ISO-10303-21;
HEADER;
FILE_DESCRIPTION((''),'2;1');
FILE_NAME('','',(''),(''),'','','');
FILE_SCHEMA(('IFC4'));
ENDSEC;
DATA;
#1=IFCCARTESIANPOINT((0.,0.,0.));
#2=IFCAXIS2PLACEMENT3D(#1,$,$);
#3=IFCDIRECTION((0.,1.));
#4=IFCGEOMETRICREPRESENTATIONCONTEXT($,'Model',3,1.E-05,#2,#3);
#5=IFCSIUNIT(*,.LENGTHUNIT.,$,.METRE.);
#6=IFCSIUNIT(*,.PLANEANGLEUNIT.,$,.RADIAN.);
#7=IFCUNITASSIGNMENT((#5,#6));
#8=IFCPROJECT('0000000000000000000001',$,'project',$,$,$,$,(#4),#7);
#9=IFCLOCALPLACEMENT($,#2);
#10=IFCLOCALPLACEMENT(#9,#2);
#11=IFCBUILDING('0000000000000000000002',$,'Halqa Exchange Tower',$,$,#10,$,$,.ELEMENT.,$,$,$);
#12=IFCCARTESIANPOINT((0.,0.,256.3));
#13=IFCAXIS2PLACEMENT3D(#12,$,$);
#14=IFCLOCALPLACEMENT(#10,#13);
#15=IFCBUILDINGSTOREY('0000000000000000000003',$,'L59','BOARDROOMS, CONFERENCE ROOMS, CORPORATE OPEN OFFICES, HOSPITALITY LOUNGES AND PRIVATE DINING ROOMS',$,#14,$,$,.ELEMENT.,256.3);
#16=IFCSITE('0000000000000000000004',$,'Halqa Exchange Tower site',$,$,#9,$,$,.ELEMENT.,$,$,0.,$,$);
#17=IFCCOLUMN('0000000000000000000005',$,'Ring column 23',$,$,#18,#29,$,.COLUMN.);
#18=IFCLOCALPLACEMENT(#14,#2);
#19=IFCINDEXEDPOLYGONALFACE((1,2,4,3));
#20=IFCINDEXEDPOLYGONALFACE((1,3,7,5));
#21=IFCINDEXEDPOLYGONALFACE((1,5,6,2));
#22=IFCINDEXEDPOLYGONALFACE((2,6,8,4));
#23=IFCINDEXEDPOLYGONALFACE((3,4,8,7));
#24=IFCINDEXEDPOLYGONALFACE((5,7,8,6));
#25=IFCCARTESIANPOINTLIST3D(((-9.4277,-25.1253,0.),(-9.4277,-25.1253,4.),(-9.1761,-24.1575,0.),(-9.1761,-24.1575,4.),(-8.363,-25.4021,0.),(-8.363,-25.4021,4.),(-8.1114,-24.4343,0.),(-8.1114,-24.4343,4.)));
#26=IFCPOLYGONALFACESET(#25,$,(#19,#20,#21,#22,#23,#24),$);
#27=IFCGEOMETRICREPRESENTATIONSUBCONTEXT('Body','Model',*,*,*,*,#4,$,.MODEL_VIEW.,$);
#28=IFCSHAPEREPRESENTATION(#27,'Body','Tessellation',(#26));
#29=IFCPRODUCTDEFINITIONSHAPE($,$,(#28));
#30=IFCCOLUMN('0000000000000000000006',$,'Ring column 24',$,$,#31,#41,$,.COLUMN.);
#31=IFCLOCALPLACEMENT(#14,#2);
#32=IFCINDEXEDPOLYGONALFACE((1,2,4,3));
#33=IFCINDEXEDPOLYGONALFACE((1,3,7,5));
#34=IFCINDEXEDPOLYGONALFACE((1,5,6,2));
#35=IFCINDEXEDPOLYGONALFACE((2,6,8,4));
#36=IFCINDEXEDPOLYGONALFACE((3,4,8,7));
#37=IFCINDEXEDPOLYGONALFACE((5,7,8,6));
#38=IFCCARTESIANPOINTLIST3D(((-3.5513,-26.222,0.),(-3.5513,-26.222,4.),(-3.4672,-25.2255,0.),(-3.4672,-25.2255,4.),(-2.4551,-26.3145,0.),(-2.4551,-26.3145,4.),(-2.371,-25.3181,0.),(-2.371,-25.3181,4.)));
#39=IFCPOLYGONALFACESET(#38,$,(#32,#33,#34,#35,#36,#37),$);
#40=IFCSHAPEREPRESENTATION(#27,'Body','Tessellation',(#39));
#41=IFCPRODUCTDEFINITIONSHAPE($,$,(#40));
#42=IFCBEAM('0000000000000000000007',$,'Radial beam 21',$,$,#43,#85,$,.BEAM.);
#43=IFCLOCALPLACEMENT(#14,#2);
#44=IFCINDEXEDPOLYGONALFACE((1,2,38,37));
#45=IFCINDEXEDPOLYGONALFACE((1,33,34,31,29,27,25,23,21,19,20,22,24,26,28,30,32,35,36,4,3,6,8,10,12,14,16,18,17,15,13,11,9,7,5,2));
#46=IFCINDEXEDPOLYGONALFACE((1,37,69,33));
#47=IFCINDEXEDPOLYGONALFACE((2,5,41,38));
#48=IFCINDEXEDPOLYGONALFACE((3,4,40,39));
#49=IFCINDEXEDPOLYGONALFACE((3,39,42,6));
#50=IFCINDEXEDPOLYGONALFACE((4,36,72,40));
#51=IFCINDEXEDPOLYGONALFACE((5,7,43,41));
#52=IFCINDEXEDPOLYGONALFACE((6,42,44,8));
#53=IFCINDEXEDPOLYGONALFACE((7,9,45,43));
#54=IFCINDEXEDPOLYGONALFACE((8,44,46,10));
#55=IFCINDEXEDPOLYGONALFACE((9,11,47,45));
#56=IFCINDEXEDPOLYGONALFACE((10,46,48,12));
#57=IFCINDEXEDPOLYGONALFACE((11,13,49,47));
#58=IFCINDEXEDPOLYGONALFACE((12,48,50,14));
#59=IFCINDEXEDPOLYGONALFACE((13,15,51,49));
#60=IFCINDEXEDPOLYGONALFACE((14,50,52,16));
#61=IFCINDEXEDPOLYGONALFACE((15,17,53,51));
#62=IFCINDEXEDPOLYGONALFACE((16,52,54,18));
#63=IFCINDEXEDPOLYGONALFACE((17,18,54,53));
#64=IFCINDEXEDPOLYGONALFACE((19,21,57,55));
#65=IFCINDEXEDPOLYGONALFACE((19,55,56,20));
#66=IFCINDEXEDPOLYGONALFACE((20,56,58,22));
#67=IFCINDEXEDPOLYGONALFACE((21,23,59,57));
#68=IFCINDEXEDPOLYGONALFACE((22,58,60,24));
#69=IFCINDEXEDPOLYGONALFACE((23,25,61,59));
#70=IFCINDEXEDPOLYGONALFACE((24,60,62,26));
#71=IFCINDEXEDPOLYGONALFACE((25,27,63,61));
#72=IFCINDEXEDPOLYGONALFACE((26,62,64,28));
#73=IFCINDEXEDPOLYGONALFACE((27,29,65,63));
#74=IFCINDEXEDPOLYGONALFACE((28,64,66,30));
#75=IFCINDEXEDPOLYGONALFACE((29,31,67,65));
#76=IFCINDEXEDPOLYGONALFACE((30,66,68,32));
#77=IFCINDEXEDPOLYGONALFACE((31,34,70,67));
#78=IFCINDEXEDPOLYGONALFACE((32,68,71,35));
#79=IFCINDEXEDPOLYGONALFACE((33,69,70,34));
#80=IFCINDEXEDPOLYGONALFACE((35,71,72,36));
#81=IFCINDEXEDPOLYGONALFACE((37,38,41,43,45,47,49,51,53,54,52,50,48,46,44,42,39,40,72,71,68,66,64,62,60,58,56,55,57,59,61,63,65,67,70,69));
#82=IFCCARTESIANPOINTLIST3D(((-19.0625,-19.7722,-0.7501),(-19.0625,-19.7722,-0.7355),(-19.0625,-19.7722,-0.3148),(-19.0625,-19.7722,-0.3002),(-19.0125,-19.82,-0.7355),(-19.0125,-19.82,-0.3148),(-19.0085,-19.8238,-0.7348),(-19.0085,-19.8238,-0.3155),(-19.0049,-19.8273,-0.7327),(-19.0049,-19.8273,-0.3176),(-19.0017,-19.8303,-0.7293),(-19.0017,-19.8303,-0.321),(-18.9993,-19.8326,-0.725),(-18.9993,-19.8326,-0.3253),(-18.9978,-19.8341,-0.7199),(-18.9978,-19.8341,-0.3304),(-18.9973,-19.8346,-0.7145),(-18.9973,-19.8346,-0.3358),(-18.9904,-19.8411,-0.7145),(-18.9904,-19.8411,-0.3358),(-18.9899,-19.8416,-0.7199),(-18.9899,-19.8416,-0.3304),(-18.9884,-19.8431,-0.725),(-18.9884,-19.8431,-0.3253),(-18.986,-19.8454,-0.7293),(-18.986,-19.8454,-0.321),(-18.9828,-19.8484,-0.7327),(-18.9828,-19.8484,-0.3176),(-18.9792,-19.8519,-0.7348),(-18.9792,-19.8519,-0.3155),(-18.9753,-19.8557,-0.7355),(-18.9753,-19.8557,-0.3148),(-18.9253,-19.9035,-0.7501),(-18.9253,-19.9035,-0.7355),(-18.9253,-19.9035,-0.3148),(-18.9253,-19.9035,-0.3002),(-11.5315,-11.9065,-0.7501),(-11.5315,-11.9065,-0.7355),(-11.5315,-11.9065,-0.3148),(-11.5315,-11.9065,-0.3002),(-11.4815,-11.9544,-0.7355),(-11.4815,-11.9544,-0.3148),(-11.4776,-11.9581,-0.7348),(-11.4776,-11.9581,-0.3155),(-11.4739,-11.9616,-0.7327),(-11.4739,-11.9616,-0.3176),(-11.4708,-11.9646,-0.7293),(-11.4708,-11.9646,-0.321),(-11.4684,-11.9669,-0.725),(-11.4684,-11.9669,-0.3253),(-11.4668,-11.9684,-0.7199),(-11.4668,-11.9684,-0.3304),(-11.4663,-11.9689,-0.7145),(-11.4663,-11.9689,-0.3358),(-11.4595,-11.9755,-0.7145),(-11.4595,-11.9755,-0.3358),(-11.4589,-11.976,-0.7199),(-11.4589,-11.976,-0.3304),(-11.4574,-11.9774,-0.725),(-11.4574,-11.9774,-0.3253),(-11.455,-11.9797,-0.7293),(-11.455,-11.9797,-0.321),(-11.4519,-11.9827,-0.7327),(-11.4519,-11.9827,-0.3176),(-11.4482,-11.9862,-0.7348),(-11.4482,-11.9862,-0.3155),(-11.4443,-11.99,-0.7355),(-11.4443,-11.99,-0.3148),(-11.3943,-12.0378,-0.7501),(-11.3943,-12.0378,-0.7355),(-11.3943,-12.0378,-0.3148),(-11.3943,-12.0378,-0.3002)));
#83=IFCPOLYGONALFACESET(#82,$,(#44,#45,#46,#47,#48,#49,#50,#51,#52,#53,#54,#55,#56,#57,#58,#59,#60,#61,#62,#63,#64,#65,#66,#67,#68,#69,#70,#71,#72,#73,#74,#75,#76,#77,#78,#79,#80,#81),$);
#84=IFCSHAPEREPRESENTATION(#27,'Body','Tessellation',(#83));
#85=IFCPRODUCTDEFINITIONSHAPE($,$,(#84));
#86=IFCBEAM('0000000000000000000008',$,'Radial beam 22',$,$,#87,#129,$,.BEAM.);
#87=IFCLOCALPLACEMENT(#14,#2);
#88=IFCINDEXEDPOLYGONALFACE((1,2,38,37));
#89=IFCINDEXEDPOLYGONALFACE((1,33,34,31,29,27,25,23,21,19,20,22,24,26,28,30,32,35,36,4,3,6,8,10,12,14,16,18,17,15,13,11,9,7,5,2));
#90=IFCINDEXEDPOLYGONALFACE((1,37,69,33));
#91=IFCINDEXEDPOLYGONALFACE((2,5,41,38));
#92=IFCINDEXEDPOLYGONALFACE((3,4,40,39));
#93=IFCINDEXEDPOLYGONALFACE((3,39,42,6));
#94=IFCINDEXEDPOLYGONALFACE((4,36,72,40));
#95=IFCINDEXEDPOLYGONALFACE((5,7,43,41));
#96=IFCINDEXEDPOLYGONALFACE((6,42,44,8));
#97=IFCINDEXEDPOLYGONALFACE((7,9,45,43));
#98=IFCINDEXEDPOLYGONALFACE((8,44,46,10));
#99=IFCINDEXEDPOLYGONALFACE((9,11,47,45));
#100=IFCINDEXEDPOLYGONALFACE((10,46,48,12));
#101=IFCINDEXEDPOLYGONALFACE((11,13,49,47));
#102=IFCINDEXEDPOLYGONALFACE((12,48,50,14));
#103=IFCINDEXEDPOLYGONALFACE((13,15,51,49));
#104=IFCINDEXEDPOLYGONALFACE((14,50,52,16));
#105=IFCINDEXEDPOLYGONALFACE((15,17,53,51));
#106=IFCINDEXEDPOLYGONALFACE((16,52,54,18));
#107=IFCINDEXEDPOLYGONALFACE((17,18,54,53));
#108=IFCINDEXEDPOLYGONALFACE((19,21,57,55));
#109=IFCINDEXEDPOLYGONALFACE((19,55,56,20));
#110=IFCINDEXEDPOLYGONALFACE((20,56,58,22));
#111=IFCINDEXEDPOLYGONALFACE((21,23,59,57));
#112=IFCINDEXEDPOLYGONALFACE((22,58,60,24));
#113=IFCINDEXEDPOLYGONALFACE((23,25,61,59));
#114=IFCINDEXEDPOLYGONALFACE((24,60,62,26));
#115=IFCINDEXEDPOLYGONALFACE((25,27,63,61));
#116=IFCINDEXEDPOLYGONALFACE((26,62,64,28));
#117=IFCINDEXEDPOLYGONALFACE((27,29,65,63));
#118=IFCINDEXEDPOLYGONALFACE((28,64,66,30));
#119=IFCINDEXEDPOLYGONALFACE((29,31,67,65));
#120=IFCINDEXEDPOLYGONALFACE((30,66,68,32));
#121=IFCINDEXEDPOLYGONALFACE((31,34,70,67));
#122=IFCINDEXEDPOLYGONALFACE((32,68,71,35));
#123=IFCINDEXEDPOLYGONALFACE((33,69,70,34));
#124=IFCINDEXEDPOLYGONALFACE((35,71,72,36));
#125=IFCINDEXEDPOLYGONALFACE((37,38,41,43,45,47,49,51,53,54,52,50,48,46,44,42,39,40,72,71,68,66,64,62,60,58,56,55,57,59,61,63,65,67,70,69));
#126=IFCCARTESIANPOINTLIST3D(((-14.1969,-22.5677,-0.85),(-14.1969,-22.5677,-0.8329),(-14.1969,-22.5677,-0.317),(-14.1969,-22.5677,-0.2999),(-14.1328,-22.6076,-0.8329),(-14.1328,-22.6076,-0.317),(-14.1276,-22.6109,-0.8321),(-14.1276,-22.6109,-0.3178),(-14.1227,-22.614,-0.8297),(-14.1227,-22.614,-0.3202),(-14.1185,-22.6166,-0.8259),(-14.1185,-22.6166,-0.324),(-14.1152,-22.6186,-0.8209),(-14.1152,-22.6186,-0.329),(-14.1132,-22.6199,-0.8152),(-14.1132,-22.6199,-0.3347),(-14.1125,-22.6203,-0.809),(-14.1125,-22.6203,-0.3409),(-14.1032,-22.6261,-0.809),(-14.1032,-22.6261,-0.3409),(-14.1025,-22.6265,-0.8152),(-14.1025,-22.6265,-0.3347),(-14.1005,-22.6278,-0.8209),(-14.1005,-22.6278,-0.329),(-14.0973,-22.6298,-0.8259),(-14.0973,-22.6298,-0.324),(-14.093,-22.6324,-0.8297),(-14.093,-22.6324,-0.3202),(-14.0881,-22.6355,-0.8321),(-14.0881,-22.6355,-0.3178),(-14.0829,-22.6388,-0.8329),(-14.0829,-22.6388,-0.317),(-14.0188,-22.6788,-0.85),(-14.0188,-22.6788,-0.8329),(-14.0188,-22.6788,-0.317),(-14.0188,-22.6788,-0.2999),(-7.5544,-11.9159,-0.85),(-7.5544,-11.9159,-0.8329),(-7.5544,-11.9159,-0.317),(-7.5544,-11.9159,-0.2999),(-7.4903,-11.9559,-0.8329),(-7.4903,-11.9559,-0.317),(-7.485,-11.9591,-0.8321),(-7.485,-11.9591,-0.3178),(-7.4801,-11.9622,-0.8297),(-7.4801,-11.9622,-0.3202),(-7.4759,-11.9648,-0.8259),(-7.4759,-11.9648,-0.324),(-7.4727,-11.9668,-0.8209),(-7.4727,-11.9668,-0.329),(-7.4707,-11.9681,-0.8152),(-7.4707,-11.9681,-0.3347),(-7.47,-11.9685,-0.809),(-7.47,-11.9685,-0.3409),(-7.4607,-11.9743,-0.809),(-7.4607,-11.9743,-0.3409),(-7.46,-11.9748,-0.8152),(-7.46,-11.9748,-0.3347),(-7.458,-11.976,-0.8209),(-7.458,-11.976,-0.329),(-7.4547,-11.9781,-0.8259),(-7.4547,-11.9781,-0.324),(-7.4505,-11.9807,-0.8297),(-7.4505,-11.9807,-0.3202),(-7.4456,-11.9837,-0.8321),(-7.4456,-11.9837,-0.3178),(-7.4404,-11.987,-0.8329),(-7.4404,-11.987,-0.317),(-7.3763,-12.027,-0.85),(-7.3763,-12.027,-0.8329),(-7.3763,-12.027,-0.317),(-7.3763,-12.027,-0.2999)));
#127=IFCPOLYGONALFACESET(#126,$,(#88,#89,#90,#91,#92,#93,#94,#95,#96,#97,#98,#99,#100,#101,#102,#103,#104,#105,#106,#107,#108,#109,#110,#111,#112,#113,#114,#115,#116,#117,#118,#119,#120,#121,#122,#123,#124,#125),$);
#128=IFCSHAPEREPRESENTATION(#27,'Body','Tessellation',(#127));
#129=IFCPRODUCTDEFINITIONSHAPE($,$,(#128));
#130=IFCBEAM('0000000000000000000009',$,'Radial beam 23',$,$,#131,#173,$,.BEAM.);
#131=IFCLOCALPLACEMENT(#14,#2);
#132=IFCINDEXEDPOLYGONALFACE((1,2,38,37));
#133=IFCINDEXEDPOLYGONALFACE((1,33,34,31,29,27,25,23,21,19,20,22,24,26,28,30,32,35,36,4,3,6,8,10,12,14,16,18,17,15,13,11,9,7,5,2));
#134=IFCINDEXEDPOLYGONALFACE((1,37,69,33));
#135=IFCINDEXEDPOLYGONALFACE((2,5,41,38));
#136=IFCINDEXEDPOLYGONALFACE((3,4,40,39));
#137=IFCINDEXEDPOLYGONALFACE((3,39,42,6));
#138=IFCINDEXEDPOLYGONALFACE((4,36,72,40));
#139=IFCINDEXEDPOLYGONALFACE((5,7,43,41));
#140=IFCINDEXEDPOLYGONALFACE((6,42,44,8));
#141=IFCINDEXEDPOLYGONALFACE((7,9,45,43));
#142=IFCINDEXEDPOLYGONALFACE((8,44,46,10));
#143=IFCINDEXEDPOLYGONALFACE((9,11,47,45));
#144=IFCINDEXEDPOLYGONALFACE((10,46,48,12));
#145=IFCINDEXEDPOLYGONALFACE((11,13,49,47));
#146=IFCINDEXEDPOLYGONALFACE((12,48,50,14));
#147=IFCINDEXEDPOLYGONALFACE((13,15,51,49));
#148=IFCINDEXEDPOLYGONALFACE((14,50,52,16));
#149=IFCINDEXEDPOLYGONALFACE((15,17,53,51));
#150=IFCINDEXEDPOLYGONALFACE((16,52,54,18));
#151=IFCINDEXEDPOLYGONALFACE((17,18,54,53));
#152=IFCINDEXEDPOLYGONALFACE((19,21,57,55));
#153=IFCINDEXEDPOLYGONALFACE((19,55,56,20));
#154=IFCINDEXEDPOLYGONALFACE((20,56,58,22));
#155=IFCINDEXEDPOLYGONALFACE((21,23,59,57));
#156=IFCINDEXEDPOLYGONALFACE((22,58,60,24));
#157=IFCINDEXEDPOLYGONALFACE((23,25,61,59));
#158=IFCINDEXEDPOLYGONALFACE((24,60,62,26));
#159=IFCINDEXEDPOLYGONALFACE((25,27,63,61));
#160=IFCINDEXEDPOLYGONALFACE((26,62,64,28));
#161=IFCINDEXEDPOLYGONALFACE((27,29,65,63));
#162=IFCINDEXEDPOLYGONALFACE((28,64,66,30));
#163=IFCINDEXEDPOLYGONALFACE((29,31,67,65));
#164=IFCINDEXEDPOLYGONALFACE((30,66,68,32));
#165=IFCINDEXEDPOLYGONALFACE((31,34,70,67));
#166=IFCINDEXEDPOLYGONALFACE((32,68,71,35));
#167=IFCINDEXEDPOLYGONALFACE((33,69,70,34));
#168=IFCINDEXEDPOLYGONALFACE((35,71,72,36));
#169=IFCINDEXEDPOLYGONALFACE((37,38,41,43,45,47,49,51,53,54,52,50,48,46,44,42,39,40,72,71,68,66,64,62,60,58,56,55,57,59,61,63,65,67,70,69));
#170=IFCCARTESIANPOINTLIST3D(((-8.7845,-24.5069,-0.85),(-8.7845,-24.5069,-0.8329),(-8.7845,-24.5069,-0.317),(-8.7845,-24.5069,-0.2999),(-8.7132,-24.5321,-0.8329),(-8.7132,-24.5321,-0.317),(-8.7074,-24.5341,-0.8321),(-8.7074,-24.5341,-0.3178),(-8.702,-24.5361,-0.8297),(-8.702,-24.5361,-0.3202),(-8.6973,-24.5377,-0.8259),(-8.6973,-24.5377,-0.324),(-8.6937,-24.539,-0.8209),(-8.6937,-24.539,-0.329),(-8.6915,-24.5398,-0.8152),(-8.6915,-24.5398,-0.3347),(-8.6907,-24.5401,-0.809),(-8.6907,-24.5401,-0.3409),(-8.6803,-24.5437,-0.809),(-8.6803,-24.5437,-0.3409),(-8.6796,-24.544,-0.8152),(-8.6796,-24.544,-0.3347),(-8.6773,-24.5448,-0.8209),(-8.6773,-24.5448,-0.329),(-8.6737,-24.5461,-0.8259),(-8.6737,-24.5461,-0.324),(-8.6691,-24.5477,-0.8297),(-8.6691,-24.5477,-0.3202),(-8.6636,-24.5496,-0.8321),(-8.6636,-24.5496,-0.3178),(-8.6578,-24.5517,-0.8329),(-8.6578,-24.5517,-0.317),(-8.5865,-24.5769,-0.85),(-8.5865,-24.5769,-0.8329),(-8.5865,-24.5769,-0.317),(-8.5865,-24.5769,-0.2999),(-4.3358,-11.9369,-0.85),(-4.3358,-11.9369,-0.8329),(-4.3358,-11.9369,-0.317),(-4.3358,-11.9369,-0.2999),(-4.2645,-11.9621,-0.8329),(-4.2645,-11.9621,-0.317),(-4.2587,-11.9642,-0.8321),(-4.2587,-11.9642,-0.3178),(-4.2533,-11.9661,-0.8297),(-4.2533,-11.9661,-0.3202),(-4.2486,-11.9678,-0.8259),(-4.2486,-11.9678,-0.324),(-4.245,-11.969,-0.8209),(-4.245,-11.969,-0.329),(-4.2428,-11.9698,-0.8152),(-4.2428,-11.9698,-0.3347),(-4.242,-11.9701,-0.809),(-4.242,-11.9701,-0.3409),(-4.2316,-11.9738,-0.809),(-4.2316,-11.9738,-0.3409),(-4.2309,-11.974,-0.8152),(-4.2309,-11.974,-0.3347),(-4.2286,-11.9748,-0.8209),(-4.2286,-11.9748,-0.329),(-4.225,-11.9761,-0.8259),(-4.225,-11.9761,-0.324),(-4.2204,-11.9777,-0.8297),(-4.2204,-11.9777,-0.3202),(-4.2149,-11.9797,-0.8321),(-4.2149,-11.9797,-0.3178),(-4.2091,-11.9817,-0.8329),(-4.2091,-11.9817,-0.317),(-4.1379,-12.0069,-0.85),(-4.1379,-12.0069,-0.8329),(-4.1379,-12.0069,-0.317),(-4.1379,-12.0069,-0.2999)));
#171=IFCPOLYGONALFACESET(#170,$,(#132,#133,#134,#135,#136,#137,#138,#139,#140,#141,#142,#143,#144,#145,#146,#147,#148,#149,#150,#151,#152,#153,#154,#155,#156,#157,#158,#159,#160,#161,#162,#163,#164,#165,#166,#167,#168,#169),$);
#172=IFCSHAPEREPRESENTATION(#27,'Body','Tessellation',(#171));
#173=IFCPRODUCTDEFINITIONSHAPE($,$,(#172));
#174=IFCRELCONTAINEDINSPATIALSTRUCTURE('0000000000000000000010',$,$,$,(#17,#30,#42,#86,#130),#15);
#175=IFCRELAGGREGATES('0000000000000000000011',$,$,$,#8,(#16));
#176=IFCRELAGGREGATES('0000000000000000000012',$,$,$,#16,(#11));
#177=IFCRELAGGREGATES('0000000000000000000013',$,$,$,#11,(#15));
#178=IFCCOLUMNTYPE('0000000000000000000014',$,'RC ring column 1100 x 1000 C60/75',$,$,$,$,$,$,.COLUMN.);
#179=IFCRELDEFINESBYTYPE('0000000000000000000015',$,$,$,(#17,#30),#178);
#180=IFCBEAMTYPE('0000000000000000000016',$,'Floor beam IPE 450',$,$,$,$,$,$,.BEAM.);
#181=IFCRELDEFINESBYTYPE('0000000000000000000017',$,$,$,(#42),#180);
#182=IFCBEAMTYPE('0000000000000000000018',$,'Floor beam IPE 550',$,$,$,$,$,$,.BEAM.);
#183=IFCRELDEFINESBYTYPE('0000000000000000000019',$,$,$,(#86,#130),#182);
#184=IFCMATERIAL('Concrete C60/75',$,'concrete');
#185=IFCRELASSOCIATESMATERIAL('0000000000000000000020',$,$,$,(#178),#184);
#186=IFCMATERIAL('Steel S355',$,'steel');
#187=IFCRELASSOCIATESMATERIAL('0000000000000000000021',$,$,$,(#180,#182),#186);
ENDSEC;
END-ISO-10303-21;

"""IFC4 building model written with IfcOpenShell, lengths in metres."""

from ifc_helpers import new_model, si_unit, direction, frame, origin, origin_2d, place, context, subcontext, project, spatial, rectangle, i_section, extrude, material, material_profile, profile_set, type_object, element, save


model = new_model("IFC4")

# Units and contexts
model_context = context("Model", 3, precision=1e-05, world=origin(), true_north=direction((0.0, 1.0)))
body_context = subcontext(model_context, "Body", "Model", "MODEL_VIEW")
ifc_project = project(units=[si_unit("LENGTHUNIT", "METRE"), si_unit("PLANEANGLEUNIT", "RADIAN")], contexts=[model_context])

# Site, building, storey
site_placement = place(None, origin())
site = spatial("IfcSite", under=ifc_project, at=site_placement, Name="Halqa Exchange Tower site", CompositionType="ELEMENT", RefElevation=0.0)
building_placement = place(site_placement, origin())
building = spatial("IfcBuilding", under=site, at=building_placement, Name="Halqa Exchange Tower", CompositionType="ELEMENT")
storey_placement = place(building_placement, frame((0.0, 0.0, 256.3)))
storey = spatial("IfcBuildingStorey", under=building, at=storey_placement, Name="L59", Description="BOARDROOMS, CONFERENCE ROOMS, CORPORATE OPEN OFFICES, HOSPITALITY LOUNGES AND PRIVATE DINING ROOMS", CompositionType="ELEMENT", Elevation=256.3)

# Columns
ifc_material_1 = material(Name="Concrete C60/75", Category="concrete")
ifc_material_profile_1 = material_profile(ifc_material_1, rectangle(XDim=1.1001, YDim=1.0, at=origin_2d()), Name="1100 x 1000")
ifc_profile_set_1 = profile_set([ifc_material_profile_1], Name="Concrete C60/75")
column_type = type_object("IfcColumnType", Name="RC ring column 1100 x 1000 C60/75", PredefinedType="COLUMN", material=ifc_profile_set_1)
for number, where, z_axis, x_axis, name in (
    (1, (-8.7695, -24.7798, 0.0), (0.0, 0.0, 1.0), (0.96782, -0.251642, 0.0), "Ring column 23"),
    (2, (-2.9612, -25.77, 0.0), (0.0, 0.0, 1.0), (0.996456, -0.08412, 0.0), "Ring column 24"),
):
    element("IfcColumn", number, at=place(storey_placement, frame(where, z_axis=z_axis, x_axis=x_axis)), inside=storey, type_object=column_type, Name=name, PredefinedType="COLUMN", context=body_context, shape_type="SweptSolid", body=[
        extrude(rectangle(XDim=1.1001, YDim=1.0, at=origin_2d()), origin(), (0.0, 0.0, 1.0), 4.0),
    ])

# Beams
ifc_material_2 = material(Name="Steel S355", Category="steel")
ifc_material_profile_2 = material_profile(ifc_material_2, i_section(OverallWidth=0.1899, OverallDepth=0.45, WebThickness=0.0095, FlangeThickness=0.0146, FilletRadius=0.021, at=origin_2d()), Name="IPE 450")
ifc_profile_set_2 = profile_set([ifc_material_profile_2], Name="Steel S355")
beam_type_1 = type_object("IfcBeamType", Name="Floor beam IPE 450", PredefinedType="BEAM", material=ifc_profile_set_2)
beam_1_placement = place(storey_placement, frame((-11.4629, -11.9722, -0.5251), z_axis=(-0.691571, -0.722308, 0.0), x_axis=(0.722308, -0.691571, 0.0)))
element("IfcBeam", 3, at=beam_1_placement, inside=storey, type_object=beam_type_1, Name="Radial beam 21", PredefinedType="BEAM", context=body_context, shape_type="SweptSolid", body=[
    extrude(i_section(OverallWidth=0.1899, OverallDepth=0.45, WebThickness=0.0095, FlangeThickness=0.0146, FilletRadius=0.021, at=origin_2d()), origin(), (0.0, 0.0, 1.0), 10.8896),
])
ifc_material_profile_3 = material_profile(ifc_material_2, i_section(OverallWidth=0.21, OverallDepth=0.55, WebThickness=0.011, FlangeThickness=0.0171, FilletRadius=0.0239, at=origin_2d()), Name="IPE 550")
ifc_profile_set_3 = profile_set([ifc_material_profile_3], Name="Steel S355")
beam_type_2 = type_object("IfcBeamType", Name="Floor beam IPE 550", PredefinedType="BEAM", material=ifc_profile_set_3)
beam_2_placement = place(storey_placement, frame((-7.4653, -11.9714, -0.575), z_axis=(-0.529149, -0.848529, 0.0), x_axis=(0.848529, -0.529149, 0.0)))
element("IfcBeam", 4, at=beam_2_placement, inside=storey, type_object=beam_type_2, Name="Radial beam 22", PredefinedType="BEAM", context=body_context, shape_type="SweptSolid", body=[
    extrude(i_section(OverallWidth=0.21, OverallDepth=0.55, WebThickness=0.011, FlangeThickness=0.0171, FilletRadius=0.0239, at=origin_2d()), origin(), (0.0, 0.0, 1.0), 12.5532),
])
beam_3_placement = place(storey_placement, frame((-4.2368, -11.9719, -0.575), z_axis=(-0.333636, -0.942702, 0.0), x_axis=(0.942702, -0.333636, 0.0)))
element("IfcBeam", 5, at=beam_3_placement, inside=storey, type_object=beam_type_2, Name="Radial beam 23", PredefinedType="BEAM", context=body_context, shape_type="SweptSolid", body=[
    extrude(i_section(OverallWidth=0.21, OverallDepth=0.55, WebThickness=0.011, FlangeThickness=0.0171, FilletRadius=0.0239, at=origin_2d()), origin(), (0.0, 0.0, 1.0), 13.334),
])

save(model, "model.ifc")
